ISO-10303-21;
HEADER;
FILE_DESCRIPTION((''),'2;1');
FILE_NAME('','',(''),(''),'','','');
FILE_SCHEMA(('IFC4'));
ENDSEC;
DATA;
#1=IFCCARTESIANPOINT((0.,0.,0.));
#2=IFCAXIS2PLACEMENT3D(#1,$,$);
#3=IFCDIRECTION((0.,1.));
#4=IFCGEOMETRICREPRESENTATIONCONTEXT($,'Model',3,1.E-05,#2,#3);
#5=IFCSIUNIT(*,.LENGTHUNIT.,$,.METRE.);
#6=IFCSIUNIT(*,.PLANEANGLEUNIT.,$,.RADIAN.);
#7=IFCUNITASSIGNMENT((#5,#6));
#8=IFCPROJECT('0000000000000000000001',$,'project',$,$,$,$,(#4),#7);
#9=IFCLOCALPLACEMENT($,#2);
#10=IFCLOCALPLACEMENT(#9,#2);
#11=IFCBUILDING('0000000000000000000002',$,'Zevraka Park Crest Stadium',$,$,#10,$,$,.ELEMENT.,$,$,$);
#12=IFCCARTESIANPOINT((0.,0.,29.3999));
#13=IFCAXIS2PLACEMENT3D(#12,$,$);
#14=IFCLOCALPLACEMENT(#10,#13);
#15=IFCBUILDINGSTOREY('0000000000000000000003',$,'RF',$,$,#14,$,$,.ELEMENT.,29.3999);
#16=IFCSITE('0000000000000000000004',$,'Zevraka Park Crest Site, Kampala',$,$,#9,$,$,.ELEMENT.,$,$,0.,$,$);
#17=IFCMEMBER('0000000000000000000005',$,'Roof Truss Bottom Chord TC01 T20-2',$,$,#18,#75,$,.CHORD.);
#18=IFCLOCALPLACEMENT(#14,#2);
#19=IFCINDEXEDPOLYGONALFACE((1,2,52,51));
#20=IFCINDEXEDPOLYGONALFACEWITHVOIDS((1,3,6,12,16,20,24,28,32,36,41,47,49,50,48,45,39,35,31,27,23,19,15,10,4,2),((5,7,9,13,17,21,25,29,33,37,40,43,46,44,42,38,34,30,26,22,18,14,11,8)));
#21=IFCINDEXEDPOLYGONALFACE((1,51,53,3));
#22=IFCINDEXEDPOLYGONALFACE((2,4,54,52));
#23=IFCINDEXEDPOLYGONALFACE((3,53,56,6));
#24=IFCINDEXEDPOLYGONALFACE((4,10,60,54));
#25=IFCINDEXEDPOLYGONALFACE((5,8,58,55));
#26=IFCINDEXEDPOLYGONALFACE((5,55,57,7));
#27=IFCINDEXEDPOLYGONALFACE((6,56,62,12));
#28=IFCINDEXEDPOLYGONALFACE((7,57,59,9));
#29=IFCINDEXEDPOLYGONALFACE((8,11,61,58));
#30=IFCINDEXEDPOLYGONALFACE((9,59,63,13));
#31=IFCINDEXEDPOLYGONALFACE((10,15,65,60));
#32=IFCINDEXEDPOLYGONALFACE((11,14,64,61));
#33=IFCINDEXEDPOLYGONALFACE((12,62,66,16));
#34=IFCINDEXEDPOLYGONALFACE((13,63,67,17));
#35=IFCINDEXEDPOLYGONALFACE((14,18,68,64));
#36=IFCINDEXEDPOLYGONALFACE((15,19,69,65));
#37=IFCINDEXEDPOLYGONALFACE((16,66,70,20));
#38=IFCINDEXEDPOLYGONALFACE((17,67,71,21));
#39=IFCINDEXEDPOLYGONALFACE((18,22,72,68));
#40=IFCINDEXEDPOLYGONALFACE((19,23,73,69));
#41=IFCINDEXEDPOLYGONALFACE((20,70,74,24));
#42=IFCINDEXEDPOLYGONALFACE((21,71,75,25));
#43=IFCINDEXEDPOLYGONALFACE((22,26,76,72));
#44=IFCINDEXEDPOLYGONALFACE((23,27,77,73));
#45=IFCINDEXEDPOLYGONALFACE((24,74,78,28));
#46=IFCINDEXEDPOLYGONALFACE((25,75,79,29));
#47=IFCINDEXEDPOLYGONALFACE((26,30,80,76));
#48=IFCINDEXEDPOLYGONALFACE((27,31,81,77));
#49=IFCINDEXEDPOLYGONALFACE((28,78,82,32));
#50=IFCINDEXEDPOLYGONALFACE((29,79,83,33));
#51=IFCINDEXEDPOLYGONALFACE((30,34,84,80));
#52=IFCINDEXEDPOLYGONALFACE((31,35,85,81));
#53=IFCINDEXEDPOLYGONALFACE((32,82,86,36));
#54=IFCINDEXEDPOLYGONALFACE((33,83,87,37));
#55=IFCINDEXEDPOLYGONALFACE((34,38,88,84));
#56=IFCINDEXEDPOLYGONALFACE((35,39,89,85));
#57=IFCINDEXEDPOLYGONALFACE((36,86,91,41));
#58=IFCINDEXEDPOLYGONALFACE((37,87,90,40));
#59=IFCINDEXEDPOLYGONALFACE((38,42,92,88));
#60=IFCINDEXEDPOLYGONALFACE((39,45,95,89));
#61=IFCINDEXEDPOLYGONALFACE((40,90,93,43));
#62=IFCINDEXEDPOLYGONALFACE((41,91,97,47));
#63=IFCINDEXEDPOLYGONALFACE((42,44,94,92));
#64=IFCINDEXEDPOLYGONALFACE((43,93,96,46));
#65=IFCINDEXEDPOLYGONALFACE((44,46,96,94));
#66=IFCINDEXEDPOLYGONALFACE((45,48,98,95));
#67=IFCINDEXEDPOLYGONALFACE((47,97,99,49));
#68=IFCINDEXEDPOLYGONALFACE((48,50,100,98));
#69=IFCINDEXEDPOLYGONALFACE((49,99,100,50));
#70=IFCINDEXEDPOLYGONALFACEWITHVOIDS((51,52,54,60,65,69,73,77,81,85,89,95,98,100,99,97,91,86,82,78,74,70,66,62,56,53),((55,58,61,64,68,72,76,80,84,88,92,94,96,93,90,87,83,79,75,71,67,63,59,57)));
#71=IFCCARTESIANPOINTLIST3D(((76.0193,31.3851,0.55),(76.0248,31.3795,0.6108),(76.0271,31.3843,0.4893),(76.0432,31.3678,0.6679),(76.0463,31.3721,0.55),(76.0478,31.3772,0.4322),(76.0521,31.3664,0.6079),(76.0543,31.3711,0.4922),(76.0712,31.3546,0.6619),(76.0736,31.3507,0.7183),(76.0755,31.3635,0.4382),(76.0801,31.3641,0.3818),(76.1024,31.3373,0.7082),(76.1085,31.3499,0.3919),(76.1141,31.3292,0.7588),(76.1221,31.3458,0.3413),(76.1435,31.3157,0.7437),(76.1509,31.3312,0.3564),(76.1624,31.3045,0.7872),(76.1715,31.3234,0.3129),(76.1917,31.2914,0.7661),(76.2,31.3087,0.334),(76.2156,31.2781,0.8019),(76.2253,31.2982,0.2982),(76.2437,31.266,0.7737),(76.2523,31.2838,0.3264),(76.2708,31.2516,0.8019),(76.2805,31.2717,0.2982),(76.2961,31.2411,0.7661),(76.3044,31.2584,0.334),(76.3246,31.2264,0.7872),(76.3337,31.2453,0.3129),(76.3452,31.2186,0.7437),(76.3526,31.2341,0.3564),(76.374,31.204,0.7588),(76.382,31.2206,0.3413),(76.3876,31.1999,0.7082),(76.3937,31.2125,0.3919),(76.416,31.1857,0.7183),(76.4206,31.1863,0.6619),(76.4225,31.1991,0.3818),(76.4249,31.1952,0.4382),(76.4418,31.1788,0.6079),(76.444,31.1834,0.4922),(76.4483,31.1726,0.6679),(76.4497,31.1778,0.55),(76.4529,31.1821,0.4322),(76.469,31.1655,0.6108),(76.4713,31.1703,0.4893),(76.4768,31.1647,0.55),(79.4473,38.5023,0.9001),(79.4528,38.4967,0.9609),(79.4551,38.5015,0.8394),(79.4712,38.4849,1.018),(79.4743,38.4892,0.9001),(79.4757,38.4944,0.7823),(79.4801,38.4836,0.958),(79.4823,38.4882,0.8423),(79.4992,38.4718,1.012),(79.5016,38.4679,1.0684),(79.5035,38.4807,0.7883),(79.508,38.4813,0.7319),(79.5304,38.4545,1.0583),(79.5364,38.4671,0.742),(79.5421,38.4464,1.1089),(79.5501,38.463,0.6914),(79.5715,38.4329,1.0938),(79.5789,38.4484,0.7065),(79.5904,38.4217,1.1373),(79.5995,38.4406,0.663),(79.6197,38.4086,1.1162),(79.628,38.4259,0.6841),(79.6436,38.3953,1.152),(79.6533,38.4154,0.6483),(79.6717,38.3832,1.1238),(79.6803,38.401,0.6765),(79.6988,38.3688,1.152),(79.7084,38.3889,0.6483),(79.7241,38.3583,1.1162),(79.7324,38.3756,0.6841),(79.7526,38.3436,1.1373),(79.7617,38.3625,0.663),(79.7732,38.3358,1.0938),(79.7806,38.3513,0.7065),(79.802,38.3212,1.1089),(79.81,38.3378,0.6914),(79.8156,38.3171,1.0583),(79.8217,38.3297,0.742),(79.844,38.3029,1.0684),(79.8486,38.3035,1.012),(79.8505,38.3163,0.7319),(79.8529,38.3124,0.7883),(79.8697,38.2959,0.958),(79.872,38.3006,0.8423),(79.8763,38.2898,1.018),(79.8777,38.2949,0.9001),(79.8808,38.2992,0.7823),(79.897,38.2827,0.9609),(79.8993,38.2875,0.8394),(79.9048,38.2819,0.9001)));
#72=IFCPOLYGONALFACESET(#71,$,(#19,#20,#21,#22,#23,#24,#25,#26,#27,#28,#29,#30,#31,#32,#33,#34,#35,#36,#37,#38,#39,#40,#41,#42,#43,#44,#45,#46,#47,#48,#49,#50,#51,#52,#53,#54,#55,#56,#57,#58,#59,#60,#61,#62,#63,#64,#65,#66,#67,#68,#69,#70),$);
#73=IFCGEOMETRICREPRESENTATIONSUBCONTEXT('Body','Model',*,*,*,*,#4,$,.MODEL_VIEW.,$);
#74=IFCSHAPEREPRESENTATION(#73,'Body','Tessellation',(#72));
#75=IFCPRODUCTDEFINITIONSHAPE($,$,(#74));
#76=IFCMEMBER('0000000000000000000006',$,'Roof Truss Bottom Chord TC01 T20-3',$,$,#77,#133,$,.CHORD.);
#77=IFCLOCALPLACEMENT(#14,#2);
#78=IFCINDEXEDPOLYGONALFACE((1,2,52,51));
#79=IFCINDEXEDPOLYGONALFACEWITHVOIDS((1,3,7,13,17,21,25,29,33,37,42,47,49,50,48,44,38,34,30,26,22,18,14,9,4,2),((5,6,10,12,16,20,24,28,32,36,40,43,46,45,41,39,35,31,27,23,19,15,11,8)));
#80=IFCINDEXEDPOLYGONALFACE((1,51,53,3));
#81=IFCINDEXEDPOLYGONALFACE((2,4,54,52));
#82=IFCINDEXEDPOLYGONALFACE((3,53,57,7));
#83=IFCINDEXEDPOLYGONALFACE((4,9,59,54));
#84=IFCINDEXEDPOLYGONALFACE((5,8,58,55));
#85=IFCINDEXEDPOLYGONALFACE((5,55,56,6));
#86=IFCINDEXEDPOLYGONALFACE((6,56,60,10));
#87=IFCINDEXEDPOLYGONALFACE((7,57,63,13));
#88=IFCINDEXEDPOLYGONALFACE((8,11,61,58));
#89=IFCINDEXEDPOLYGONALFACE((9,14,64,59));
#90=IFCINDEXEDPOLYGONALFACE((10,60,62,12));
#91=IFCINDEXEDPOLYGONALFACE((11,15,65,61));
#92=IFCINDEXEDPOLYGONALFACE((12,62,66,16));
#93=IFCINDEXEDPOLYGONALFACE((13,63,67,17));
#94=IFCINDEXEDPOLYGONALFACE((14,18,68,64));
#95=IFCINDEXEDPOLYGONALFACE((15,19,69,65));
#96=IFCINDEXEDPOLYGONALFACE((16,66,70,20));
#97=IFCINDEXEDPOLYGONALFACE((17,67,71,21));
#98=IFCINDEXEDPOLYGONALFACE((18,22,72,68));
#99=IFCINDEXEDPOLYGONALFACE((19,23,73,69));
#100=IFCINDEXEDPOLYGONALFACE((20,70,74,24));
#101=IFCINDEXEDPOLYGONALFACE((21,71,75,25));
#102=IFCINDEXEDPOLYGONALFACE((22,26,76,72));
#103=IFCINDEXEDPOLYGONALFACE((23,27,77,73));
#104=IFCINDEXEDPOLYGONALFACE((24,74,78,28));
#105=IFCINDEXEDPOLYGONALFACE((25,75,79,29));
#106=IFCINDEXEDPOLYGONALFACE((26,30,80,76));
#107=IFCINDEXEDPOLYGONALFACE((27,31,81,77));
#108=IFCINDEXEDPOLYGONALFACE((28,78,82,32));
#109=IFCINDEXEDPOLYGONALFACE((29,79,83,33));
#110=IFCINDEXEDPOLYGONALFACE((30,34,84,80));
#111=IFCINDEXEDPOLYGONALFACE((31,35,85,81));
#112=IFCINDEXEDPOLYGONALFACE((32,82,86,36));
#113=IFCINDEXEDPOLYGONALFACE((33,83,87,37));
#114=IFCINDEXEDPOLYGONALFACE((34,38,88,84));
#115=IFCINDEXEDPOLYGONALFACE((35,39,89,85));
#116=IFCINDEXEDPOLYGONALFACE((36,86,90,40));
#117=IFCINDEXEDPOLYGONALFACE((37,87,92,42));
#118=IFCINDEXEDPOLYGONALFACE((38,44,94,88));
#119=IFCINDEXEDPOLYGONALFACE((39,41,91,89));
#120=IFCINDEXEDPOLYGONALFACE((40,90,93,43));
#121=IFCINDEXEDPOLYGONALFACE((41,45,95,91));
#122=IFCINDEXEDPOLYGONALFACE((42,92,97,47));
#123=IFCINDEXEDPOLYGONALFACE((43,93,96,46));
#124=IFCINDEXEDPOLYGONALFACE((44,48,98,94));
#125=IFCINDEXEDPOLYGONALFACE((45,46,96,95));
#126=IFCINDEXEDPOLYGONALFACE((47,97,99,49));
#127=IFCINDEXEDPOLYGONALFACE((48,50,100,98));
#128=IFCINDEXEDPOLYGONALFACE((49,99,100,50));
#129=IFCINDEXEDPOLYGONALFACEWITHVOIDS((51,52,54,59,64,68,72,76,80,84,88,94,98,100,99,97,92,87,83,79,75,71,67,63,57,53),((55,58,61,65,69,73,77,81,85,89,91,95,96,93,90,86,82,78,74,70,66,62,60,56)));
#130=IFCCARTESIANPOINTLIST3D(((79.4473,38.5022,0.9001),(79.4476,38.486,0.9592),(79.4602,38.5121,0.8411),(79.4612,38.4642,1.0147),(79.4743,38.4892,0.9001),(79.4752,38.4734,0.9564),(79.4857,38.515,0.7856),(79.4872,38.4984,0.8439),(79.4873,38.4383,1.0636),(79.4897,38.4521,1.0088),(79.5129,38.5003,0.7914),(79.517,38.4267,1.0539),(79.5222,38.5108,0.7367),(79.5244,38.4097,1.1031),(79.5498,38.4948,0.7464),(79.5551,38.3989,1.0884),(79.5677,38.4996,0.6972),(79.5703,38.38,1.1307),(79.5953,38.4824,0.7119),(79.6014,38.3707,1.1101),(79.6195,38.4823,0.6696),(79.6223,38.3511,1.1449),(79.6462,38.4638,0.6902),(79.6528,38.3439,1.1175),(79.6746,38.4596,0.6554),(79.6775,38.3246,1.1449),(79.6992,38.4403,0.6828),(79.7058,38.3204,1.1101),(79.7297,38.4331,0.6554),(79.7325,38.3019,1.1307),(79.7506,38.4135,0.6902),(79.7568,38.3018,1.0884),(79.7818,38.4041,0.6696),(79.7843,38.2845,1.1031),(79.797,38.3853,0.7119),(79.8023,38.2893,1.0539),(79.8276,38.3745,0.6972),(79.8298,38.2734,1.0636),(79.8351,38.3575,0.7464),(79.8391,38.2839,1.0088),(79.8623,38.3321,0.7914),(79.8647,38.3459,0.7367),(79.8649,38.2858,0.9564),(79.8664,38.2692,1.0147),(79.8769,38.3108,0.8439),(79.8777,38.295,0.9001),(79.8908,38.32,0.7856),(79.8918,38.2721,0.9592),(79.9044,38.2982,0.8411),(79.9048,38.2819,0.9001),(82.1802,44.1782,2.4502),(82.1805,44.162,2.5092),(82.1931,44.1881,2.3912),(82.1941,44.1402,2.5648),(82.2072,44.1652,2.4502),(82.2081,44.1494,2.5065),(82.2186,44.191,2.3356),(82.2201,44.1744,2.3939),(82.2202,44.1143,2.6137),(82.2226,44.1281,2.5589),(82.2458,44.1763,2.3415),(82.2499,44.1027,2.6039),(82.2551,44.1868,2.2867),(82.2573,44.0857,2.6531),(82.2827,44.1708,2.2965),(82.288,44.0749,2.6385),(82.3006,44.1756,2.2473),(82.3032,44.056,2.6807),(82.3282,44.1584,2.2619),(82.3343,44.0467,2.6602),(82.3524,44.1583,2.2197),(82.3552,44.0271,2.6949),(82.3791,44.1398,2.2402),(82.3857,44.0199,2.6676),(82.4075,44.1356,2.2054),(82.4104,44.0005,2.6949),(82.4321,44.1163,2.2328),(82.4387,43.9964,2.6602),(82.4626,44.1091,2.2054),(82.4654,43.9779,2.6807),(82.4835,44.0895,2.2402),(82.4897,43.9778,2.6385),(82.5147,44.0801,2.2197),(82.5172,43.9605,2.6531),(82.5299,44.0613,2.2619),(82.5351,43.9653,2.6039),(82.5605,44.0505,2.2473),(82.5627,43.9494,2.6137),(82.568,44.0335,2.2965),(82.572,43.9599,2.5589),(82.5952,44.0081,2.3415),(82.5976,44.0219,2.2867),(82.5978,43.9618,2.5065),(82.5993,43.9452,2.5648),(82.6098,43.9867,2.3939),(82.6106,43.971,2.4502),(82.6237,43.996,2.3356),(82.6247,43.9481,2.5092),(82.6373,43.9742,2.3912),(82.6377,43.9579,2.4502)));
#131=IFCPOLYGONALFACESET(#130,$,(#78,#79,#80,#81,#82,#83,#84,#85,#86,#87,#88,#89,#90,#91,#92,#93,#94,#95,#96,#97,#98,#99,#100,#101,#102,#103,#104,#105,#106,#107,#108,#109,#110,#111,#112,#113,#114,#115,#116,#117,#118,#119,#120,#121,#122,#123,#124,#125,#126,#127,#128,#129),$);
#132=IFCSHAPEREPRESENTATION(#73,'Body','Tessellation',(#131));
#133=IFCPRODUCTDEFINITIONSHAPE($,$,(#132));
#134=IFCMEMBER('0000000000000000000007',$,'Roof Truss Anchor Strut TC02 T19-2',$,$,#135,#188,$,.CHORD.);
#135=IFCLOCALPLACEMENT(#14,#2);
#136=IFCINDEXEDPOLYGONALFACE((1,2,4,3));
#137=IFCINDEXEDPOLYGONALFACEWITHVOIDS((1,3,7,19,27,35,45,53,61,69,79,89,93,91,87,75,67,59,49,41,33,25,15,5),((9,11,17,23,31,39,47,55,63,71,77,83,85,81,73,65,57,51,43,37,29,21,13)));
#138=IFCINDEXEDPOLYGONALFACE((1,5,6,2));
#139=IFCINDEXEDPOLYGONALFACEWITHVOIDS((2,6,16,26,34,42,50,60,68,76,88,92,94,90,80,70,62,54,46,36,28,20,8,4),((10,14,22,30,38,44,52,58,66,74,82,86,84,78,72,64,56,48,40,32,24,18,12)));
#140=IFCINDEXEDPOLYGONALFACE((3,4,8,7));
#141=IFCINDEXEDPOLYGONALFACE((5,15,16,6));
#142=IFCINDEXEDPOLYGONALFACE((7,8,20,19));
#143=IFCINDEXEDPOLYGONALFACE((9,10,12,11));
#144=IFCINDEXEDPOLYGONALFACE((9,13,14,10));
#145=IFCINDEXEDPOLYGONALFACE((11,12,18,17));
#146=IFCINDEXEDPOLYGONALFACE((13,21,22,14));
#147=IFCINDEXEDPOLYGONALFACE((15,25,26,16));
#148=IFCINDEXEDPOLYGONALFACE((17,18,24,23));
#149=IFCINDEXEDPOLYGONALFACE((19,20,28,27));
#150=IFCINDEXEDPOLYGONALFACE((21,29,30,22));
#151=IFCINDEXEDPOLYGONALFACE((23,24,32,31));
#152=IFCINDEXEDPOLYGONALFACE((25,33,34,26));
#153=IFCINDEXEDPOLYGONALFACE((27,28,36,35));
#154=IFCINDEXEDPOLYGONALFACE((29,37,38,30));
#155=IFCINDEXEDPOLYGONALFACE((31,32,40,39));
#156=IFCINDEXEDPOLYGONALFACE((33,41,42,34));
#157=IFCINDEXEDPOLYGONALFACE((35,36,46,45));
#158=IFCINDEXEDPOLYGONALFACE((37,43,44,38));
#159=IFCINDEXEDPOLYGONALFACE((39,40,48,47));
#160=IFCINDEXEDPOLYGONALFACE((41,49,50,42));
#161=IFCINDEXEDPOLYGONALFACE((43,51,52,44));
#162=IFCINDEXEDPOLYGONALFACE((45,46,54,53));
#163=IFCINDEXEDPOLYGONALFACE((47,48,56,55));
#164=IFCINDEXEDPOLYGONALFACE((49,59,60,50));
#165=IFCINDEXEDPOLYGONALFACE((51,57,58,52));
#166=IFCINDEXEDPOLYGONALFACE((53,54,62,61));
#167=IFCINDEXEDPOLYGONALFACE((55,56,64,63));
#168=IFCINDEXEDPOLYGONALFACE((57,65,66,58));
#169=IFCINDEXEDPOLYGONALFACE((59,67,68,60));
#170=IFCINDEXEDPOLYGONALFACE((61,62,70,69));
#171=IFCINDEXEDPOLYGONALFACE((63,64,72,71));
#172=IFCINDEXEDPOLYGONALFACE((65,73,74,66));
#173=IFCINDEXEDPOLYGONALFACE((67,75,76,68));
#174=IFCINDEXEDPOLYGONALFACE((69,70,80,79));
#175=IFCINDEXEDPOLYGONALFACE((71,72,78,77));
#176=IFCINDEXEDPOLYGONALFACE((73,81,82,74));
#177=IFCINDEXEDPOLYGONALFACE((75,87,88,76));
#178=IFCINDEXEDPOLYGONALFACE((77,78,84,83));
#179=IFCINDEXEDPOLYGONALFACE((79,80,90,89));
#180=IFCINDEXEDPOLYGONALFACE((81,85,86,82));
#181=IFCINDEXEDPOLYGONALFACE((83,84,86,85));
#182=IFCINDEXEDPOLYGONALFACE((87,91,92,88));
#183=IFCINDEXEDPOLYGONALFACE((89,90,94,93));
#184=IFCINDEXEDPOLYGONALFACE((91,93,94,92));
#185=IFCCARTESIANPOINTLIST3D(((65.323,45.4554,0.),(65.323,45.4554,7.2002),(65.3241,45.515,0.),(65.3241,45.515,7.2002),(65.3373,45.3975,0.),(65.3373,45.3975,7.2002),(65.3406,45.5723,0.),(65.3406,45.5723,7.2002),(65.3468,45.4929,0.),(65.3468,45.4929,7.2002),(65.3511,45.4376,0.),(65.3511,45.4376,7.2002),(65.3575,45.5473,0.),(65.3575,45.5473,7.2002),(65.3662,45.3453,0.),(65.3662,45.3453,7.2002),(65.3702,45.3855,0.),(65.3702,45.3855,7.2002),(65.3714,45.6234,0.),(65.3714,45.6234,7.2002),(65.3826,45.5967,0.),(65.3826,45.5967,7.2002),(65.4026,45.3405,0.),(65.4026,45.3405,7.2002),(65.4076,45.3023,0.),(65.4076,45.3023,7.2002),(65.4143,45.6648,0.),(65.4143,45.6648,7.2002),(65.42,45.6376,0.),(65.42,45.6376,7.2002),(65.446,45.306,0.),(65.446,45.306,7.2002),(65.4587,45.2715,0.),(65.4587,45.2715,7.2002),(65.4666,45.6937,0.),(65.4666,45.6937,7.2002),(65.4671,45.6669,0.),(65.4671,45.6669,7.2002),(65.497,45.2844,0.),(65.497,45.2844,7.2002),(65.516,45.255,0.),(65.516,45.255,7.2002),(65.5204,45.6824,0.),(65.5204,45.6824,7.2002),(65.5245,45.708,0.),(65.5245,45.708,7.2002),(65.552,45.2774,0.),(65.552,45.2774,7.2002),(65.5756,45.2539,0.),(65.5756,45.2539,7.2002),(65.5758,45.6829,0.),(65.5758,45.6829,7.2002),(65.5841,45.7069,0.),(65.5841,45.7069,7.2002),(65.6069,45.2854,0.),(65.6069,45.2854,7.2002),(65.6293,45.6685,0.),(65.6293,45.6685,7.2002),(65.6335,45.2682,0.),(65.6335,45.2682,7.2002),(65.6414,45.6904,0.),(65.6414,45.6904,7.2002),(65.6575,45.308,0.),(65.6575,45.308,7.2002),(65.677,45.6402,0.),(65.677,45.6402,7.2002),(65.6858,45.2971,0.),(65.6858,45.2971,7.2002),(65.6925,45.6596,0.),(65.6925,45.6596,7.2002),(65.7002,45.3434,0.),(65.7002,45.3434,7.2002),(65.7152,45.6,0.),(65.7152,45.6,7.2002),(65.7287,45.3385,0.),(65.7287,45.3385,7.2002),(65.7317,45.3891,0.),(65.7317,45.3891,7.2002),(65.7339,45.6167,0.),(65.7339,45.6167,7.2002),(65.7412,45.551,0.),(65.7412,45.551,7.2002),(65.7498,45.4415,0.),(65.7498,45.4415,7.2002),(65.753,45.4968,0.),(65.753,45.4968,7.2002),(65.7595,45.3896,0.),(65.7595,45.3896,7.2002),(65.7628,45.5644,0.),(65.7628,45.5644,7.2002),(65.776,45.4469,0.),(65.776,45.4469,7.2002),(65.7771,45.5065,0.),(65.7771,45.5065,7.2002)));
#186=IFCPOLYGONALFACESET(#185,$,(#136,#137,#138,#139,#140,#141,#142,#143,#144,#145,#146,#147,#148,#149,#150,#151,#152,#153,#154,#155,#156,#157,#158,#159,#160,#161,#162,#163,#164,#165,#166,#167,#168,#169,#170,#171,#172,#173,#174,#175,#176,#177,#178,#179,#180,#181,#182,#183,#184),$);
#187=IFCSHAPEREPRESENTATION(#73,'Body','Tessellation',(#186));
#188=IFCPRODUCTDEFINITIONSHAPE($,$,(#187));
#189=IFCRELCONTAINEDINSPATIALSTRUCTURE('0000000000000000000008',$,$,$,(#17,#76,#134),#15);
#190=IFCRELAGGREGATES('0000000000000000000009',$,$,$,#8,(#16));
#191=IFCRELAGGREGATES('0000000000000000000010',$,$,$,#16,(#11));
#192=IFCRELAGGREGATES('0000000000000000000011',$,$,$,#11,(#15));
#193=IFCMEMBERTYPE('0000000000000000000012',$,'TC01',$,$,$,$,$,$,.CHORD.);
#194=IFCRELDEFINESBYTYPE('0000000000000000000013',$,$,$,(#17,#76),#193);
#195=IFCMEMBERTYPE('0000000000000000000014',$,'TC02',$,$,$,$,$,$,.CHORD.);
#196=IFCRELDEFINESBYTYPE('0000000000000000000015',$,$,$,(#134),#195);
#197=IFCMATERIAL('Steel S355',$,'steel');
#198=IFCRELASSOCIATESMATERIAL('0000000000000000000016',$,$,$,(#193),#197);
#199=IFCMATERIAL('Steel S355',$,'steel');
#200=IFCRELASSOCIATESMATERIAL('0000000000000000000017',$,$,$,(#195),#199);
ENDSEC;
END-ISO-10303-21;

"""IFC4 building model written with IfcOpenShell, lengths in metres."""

from ifc_helpers import new_model, si_unit, direction, frame, origin, origin_2d, place, context, subcontext, project, spatial, hollow_circle, extrude, material, material_profile, profile_set, type_object, element, save


model = new_model("IFC4")

# Units and contexts
model_context = context("Model", 3, precision=1e-05, world=origin(), true_north=direction((0.0, 1.0)))
body_context = subcontext(model_context, "Body", "Model", "MODEL_VIEW")
ifc_project = project(units=[si_unit("LENGTHUNIT", "METRE"), si_unit("PLANEANGLEUNIT", "RADIAN")], contexts=[model_context])

# Site, building, storey
site_placement = place(None, origin())
site = spatial("IfcSite", under=ifc_project, at=site_placement, Name="Zevraka Park Crest Site, Kampala", CompositionType="ELEMENT", RefElevation=0.0)
building_placement = place(site_placement, origin())
building = spatial("IfcBuilding", under=site, at=building_placement, Name="Zevraka Park Crest Stadium", CompositionType="ELEMENT")
storey_placement = place(building_placement, frame((0.0, 0.0, 29.3999)))
storey = spatial("IfcBuildingStorey", under=building, at=storey_placement, Name="RF", CompositionType="ELEMENT", Elevation=29.3999)

# Members
ifc_material_1 = material(Name="Steel S355", Category="steel")
ifc_material_profile_1 = material_profile(ifc_material_1, hollow_circle(Radius=0.2539, WallThickness=0.03, at=origin_2d()), Name="CHS 508.0x30")
ifc_profile_set_1 = profile_set([ifc_material_profile_1], Name="Steel S355")
member_type_1 = type_object("IfcMemberType", Name="TC01", PredefinedType="CHORD", material=ifc_profile_set_1)
member_1_placement = place(storey_placement, frame((76.248, 31.2749, 0.55), z_axis=(0.433512, 0.90006, 0.044274), x_axis=(-0.900943, 0.433937, 0.0)))
element("IfcMember", 1, at=member_1_placement, inside=storey, type_object=member_type_1, Name="Roof Truss Bottom Chord TC01 T20-2", PredefinedType="CHORD", context=body_context, shape_type="SweptSolid", body=[
    extrude(hollow_circle(Radius=0.2539, WallThickness=0.03, at=origin_2d()), origin(), (0.0, 0.0, 1.0), 7.9075),
])
member_2_placement = place(storey_placement, frame((79.676, 38.3921, 0.9001), z_axis=(0.421253, 0.874906, 0.238926), x_axis=(-0.901001, 0.433817, 0.0)))
element("IfcMember", 2, at=member_2_placement, inside=storey, type_object=member_type_1, Name="Roof Truss Bottom Chord TC01 T20-3", PredefinedType="CHORD", context=body_context, shape_type="SweptSolid", body=[
    extrude(hollow_circle(Radius=0.2539, WallThickness=0.03, at=origin_2d()), origin(), (0.0, 0.0, 1.0), 6.4875),
])
ifc_material_2 = material(Name="Steel S355", Category="steel")
ifc_material_profile_2 = material_profile(ifc_material_2, hollow_circle(Radius=0.2285, WallThickness=0.0249, at=origin_2d()), Name="CHS 457.0x25")
ifc_profile_set_2 = profile_set([ifc_material_profile_2], Name="Steel S355")
member_type_2 = type_object("IfcMemberType", Name="TC02", PredefinedType="CHORD", material=ifc_profile_set_2)
for number, where, z_axis, x_axis, name in (
    (3, (65.55, 45.481, 0.0), (0.0, 0.0, 1.0), (0.62347, 0.781847, 0.0), "Roof Truss Anchor Strut TC02 T19-2"),
):
    element("IfcMember", number, at=place(storey_placement, frame(where, z_axis=z_axis, x_axis=x_axis)), inside=storey, type_object=member_type_2, Name=name, PredefinedType="CHORD", context=body_context, shape_type="SweptSolid", body=[
        extrude(hollow_circle(Radius=0.2285, WallThickness=0.0249, at=origin_2d()), origin(), (0.0, 0.0, 1.0), 7.2002),
    ])

save(model, "model.ifc")
